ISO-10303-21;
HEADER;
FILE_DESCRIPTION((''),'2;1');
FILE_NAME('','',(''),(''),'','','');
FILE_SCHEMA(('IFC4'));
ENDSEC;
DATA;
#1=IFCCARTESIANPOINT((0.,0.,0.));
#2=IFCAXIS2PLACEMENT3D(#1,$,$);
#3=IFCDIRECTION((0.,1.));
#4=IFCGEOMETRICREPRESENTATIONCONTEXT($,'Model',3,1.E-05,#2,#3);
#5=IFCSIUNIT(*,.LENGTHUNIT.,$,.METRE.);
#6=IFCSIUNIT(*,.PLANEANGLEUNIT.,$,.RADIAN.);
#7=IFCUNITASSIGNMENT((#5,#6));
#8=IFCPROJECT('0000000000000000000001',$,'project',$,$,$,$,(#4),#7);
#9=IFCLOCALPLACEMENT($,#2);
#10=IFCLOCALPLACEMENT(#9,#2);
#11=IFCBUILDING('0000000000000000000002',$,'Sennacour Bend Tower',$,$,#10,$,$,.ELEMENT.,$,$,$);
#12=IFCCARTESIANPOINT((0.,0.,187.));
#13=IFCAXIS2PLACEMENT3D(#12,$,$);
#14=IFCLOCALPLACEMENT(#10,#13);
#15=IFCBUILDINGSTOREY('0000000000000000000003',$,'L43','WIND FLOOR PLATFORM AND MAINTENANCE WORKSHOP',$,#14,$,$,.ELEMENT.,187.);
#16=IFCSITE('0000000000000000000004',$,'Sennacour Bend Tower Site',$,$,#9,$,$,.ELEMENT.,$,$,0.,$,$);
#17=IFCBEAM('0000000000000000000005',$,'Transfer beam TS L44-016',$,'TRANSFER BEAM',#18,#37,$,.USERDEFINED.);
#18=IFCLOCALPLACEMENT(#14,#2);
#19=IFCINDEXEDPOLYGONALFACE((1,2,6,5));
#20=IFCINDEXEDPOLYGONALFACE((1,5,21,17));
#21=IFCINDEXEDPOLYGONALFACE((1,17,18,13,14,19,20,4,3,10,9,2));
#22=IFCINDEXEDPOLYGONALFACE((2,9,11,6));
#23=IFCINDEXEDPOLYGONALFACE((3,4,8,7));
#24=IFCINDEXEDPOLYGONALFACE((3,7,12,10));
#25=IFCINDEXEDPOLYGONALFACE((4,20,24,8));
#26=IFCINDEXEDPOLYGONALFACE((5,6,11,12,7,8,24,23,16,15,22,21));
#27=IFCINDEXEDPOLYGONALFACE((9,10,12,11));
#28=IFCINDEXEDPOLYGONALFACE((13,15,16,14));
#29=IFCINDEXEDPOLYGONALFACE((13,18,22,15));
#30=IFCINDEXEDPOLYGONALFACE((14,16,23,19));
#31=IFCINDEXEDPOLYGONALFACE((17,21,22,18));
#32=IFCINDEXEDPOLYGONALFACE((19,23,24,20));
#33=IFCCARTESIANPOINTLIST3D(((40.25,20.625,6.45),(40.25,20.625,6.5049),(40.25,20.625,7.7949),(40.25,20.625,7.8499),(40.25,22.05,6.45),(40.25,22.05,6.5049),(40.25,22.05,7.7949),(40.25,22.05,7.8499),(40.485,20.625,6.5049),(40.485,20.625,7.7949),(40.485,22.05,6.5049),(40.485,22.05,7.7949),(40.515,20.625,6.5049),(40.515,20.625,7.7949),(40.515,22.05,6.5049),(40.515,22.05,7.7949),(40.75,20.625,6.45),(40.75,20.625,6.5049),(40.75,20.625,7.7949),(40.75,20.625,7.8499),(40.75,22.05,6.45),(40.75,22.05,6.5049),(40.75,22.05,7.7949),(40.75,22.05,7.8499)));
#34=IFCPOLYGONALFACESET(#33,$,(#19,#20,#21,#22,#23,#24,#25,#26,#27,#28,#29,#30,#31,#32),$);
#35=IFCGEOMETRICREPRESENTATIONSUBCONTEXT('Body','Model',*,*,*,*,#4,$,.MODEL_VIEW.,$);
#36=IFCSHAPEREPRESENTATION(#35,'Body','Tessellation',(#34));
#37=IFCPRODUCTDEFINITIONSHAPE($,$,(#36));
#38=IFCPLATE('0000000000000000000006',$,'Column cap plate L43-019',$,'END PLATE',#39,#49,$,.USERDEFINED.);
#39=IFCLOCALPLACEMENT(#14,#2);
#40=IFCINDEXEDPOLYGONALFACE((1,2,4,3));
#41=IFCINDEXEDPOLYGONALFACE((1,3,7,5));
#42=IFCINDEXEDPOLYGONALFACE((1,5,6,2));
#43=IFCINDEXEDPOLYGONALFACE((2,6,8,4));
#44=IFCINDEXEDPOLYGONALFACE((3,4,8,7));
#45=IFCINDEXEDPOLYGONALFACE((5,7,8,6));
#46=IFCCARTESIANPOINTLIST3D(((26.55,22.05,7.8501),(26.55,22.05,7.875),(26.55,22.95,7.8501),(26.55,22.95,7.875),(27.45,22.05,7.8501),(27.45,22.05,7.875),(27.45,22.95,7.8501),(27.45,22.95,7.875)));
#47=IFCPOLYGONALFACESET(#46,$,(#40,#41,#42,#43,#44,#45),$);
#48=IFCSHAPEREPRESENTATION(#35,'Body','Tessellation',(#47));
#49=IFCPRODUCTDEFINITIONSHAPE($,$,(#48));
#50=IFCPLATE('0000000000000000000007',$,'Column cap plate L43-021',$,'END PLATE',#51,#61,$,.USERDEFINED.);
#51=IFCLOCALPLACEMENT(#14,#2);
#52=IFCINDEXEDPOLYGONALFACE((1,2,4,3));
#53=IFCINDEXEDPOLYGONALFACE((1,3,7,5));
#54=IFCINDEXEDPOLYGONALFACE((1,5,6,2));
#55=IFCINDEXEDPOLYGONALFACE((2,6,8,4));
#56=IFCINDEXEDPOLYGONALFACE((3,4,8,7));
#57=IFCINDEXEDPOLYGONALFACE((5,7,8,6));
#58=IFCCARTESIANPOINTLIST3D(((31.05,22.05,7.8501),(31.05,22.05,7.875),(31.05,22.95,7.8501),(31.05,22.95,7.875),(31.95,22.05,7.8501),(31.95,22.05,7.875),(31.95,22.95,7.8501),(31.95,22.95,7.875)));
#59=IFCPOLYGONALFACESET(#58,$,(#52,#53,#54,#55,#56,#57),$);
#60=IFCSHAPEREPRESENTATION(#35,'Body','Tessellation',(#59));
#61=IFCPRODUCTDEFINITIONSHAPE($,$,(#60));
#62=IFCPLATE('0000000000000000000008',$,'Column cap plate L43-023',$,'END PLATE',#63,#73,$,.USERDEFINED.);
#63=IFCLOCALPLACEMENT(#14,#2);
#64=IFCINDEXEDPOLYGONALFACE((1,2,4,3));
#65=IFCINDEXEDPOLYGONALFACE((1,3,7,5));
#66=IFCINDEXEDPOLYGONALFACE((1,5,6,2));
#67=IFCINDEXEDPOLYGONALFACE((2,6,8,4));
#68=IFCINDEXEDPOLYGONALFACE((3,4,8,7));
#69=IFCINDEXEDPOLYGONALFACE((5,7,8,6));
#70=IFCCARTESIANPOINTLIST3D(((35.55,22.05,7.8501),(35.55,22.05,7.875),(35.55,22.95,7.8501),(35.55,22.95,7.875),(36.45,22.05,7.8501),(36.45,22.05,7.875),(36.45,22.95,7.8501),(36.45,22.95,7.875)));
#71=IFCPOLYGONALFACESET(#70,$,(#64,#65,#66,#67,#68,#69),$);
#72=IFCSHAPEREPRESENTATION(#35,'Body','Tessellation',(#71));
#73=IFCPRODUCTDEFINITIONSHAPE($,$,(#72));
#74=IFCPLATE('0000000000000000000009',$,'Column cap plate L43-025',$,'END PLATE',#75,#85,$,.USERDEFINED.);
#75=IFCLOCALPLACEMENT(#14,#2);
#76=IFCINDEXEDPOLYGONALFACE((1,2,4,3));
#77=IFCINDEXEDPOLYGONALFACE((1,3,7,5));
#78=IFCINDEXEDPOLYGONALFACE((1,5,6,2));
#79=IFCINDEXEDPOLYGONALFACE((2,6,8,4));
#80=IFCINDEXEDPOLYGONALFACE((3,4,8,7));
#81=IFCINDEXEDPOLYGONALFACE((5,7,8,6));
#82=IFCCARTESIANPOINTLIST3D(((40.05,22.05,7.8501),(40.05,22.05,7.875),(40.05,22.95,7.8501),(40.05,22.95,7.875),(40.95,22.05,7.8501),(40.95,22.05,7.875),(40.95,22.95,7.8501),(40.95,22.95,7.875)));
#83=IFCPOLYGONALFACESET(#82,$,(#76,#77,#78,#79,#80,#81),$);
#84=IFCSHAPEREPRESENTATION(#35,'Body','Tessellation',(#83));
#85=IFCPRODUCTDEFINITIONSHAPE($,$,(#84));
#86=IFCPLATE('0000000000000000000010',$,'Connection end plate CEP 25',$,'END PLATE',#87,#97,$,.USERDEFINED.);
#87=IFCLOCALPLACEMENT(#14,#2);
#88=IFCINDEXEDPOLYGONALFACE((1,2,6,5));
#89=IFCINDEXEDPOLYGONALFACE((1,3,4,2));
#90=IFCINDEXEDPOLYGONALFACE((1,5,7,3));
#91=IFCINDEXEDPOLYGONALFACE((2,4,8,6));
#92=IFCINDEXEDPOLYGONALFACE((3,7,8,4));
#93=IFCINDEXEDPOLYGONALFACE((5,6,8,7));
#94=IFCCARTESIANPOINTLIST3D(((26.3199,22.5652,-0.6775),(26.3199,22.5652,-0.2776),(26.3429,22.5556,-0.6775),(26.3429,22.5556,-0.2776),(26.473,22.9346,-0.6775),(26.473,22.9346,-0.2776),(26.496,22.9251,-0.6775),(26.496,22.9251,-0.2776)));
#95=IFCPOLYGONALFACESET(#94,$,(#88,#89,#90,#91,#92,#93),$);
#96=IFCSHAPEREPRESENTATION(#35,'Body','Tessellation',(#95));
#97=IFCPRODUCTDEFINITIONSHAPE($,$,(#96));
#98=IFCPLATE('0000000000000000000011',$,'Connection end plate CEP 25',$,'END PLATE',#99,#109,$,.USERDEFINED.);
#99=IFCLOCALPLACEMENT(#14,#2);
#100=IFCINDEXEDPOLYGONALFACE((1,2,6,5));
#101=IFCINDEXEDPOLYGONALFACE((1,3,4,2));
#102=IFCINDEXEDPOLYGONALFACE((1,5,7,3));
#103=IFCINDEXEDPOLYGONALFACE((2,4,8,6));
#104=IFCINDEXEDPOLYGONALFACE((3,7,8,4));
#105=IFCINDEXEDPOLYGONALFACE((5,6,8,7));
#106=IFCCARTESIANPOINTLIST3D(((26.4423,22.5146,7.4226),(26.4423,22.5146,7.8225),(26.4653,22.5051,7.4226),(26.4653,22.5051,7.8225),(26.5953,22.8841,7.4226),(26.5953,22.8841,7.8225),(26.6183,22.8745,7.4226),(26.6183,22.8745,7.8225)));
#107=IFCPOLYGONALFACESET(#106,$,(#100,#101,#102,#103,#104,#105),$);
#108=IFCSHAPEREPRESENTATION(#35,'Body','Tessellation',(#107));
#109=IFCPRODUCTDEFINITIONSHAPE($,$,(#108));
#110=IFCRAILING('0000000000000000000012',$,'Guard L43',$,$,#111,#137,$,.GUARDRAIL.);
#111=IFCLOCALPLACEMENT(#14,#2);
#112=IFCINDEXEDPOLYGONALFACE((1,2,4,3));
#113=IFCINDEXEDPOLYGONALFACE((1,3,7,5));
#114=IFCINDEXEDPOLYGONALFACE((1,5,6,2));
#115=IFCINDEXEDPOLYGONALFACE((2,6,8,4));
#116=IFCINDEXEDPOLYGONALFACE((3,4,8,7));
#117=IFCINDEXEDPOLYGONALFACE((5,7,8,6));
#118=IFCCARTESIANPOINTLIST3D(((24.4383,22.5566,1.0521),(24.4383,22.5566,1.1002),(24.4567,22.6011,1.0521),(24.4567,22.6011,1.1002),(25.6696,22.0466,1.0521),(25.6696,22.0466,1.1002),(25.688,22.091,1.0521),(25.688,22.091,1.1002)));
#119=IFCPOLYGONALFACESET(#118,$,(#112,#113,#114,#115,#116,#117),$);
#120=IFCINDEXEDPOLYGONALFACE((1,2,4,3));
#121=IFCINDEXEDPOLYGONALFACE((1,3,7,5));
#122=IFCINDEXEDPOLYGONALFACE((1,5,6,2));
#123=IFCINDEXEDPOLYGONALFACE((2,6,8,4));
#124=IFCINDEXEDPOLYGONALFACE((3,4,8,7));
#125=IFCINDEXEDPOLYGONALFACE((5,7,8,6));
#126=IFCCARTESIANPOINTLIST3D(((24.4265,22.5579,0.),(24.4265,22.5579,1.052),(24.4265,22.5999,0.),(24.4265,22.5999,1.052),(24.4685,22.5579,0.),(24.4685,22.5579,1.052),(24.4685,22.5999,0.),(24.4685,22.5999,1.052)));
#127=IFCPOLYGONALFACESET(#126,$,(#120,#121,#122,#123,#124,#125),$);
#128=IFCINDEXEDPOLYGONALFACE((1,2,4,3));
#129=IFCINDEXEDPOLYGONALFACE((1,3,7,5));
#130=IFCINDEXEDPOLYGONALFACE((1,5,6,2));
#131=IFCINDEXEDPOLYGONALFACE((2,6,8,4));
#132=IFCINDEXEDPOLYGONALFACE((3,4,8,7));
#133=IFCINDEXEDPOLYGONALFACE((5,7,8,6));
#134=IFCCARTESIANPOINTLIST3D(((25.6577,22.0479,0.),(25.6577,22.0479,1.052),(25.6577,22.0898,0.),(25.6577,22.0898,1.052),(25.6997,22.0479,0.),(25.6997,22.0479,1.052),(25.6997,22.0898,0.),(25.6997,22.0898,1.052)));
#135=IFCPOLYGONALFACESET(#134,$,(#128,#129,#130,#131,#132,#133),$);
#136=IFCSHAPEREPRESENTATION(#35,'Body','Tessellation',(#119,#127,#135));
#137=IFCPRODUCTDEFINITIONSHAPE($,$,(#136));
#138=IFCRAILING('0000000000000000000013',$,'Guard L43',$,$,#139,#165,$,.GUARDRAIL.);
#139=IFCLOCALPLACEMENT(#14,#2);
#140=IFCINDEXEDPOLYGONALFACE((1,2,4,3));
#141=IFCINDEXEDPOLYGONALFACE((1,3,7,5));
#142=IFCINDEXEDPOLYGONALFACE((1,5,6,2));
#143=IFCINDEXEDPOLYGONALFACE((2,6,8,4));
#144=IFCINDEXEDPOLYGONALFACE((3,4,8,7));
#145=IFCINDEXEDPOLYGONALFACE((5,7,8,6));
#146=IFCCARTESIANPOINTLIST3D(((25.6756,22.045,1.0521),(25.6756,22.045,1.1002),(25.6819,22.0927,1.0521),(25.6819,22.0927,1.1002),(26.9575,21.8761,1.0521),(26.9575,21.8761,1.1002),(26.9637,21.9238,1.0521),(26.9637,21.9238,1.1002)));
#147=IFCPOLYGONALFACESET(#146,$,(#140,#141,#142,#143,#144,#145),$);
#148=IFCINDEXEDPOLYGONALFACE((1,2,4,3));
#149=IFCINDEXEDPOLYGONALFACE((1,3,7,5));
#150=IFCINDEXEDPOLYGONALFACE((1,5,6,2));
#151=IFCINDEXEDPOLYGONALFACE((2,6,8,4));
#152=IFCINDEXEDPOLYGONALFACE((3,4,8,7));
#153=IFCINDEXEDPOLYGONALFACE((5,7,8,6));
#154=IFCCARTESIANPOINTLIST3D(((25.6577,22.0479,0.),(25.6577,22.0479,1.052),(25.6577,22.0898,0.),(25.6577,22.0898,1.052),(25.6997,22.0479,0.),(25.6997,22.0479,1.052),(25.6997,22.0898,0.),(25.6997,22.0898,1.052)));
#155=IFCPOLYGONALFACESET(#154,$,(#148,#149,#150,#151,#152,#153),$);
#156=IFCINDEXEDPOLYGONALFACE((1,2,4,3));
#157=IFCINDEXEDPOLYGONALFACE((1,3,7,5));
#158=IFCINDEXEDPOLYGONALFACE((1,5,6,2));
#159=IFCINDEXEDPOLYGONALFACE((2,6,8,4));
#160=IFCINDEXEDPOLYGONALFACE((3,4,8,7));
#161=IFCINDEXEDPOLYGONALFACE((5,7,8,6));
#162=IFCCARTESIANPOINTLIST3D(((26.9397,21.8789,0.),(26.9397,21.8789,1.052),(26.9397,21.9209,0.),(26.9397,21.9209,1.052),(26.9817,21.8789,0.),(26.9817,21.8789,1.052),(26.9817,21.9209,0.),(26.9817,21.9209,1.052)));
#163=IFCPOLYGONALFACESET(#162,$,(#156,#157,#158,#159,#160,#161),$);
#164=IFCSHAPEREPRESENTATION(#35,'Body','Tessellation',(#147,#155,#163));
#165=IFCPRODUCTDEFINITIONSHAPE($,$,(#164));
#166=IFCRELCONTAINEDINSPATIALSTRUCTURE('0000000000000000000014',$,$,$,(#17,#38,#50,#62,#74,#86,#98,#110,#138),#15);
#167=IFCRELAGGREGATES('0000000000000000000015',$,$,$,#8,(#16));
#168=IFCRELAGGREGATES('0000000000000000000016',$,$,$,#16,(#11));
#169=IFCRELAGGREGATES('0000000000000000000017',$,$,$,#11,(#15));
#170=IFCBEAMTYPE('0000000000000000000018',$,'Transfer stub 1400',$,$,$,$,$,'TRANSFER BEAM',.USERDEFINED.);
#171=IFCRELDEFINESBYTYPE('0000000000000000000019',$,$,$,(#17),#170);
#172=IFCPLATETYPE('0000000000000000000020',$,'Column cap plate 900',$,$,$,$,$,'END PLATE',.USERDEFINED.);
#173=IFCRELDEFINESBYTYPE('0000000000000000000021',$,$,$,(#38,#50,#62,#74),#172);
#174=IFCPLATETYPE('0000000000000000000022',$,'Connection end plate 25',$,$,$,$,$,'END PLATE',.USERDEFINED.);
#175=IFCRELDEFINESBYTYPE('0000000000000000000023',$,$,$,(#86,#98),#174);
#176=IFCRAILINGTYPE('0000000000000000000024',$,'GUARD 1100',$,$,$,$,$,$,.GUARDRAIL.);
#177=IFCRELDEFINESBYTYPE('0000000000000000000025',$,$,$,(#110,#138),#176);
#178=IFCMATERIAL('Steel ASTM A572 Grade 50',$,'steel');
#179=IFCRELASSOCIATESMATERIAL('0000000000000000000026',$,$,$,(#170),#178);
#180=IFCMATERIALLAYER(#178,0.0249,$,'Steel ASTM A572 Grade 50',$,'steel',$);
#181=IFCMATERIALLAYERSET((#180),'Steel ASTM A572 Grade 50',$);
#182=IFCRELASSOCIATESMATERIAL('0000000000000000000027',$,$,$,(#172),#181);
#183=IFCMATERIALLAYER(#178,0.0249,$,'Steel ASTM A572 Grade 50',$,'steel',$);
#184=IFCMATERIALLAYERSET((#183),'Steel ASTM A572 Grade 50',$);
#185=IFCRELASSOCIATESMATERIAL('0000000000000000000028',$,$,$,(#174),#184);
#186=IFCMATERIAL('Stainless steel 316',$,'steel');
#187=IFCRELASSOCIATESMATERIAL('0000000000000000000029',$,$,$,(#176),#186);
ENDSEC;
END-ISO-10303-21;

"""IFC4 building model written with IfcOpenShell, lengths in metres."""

from ifc_helpers import new_model, si_unit, direction, frame, origin, origin_2d, place, context, subcontext, project, spatial, rectangle, i_section, extrude, material, layer, layer_set, material_profile, profile_set, type_object, element, save


model = new_model("IFC4")

# Units and contexts
model_context = context("Model", 3, precision=1e-05, world=origin(), true_north=direction((0.0, 1.0)))
body_context = subcontext(model_context, "Body", "Model", "MODEL_VIEW")
ifc_project = project(units=[si_unit("LENGTHUNIT", "METRE"), si_unit("PLANEANGLEUNIT", "RADIAN")], contexts=[model_context])

# Site, building, storey
site_placement = place(None, origin())
site = spatial("IfcSite", under=ifc_project, at=site_placement, Name="Sennacour Bend Tower Site", CompositionType="ELEMENT", RefElevation=0.0)
building_placement = place(site_placement, origin())
building = spatial("IfcBuilding", under=site, at=building_placement, Name="Sennacour Bend Tower", CompositionType="ELEMENT")
storey_placement = place(building_placement, frame((0.0, 0.0, 187.0)))
storey = spatial("IfcBuildingStorey", under=building, at=storey_placement, Name="L43", Description="WIND FLOOR PLATFORM AND MAINTENANCE WORKSHOP", CompositionType="ELEMENT", Elevation=187.0)

# Shared definitions
ifc_material_1 = material(Name="Steel ASTM A572 Grade 50", Category="steel")

# Beam
ifc_material_profile_1 = material_profile(ifc_material_1, i_section(OverallWidth=0.5, OverallDepth=1.3999, WebThickness=0.03, FlangeThickness=0.0549, at=origin_2d()), Name="Steel ASTM A572 Grade 50", Category="steel")
ifc_profile_set_1 = profile_set([ifc_material_profile_1], Name="Steel ASTM A572 Grade 50")
beam_type_1 = type_object("IfcBeamType", Name="Transfer stub 1400", ElementType="TRANSFER BEAM", PredefinedType="USERDEFINED", material=ifc_profile_set_1)
for number, where, z_axis, x_axis, name in (
    (1, (40.5, 22.05, 7.1499), (0.0, -1.0, 0.0), (1.0, 0.0, 0.0), "Transfer beam TS L44-016"),
):
    element("IfcBeam", number, at=place(storey_placement, frame(where, z_axis=z_axis, x_axis=x_axis)), inside=storey, type_object=beam_type_1, Name=name, ObjectType="TRANSFER BEAM", PredefinedType="USERDEFINED", context=body_context, shape_type="SweptSolid", body=[
        extrude(i_section(OverallWidth=0.5, OverallDepth=1.3999, WebThickness=0.03, FlangeThickness=0.0549, at=origin_2d()), origin(), (0.0, 0.0, 1.0), 1.425),
    ])

# Plates
ifc_layer_1 = layer(ifc_material_1, 0.0249, Name="Steel ASTM A572 Grade 50", Category="steel")
ifc_layer_set_1 = layer_set([ifc_layer_1], Name="Steel ASTM A572 Grade 50")
plate_type_1 = type_object("IfcPlateType", Name="Column cap plate 900", ElementType="END PLATE", PredefinedType="USERDEFINED", material=ifc_layer_set_1)
for number, where, z_axis, x_axis, name in (
    (2, (27.0, 22.5, 7.8501), (0.0, 0.0, 1.0), (1.0, 0.0, 0.0), "Column cap plate L43-019"),
    (3, (31.5, 22.5, 7.8501), (0.0, 0.0, 1.0), (1.0, 0.0, 0.0), "Column cap plate L43-021"),
    (4, (36.0, 22.5, 7.8501), (0.0, 0.0, 1.0), (1.0, 0.0, 0.0), "Column cap plate L43-023"),
    (5, (40.5, 22.5, 7.8501), (0.0, 0.0, 1.0), (1.0, 0.0, 0.0), "Column cap plate L43-025"),
):
    element("IfcPlate", number, at=place(storey_placement, frame(where, z_axis=z_axis, x_axis=x_axis)), inside=storey, type_object=plate_type_1, Name=name, ObjectType="END PLATE", PredefinedType="USERDEFINED", context=body_context, shape_type="SweptSolid", body=[
        extrude(rectangle(XDim=0.8999, YDim=0.8999, at=origin_2d()), origin(), (0.0, 0.0, 1.0), 0.0249),
    ])
ifc_layer_2 = layer(ifc_material_1, 0.0249, Name="Steel ASTM A572 Grade 50", Category="steel")
ifc_layer_set_2 = layer_set([ifc_layer_2], Name="Steel ASTM A572 Grade 50")
plate_type_2 = type_object("IfcPlateType", Name="Connection end plate 25", ElementType="END PLATE", PredefinedType="USERDEFINED", material=ifc_layer_set_2)
for number, where, z_axis, x_axis, name in (
    (6, (26.408, 22.7451, -0.6775), (0.0, 0.0, 1.0), (0.92388, -0.382683, 0.0), "Connection end plate CEP 25"),
    (7, (26.5303, 22.6946, 7.4226), (0.0, 0.0, 1.0), (0.92388, -0.382683, 0.0), "Connection end plate CEP 25"),
):
    element("IfcPlate", number, at=place(storey_placement, frame(where, z_axis=z_axis, x_axis=x_axis)), inside=storey, type_object=plate_type_2, Name=name, ObjectType="END PLATE", PredefinedType="USERDEFINED", context=body_context, shape_type="SweptSolid", body=[
        extrude(rectangle(XDim=0.0249, YDim=0.3999, at=origin_2d()), origin(), (0.0, 0.0, 1.0), 0.3999),
    ])

# Railings
ifc_material_2 = material(Name="Stainless steel 316", Category="steel")
railing_type = type_object("IfcRailingType", Name="GUARD 1100", PredefinedType="GUARDRAIL", material=ifc_material_2)
railing_1_placement = place(storey_placement, frame((24.4475, 22.5789, 0.0)))
element("IfcRailing", 8, at=railing_1_placement, inside=storey, type_object=railing_type, Name="Guard L43", PredefinedType="GUARDRAIL", context=body_context, shape_type="SweptSolid", body=[
    extrude(rectangle(XDim=0.0481, YDim=0.0481, at=origin_2d()), frame((0.0, 0.0, 1.0762), z_axis=(0.923872, -0.382702, 0.0), x_axis=(0.382702, 0.923872, 0.0)), (0.0, 0.0, 1.0), 1.3328),
    extrude(rectangle(XDim=0.042, YDim=0.042, at=origin_2d()), origin(), (0.0, 0.0, 1.0), 1.052),
    extrude(rectangle(XDim=0.042, YDim=0.042, at=origin_2d()), frame((1.2312, -0.51, 0.0)), (0.0, 0.0, 1.0), 1.052),
])
railing_2_placement = place(storey_placement, frame((25.6787, 22.0688, 0.0)))
element("IfcRailing", 9, at=railing_2_placement, inside=storey, type_object=railing_type, Name="Guard L43", PredefinedType="GUARDRAIL", context=body_context, shape_type="SweptSolid", body=[
    extrude(rectangle(XDim=0.0481, YDim=0.0481, at=origin_2d()), frame((0.0, 0.0, 1.0762), z_axis=(0.991428, -0.130655, 0.0), x_axis=(0.130655, 0.991428, 0.0)), (0.0, 0.0, 1.0), 1.293),
    extrude(rectangle(XDim=0.042, YDim=0.042, at=origin_2d()), origin(), (0.0, 0.0, 1.0), 1.052),
    extrude(rectangle(XDim=0.042, YDim=0.042, at=origin_2d()), frame((1.282, -0.1689, 0.0)), (0.0, 0.0, 1.0), 1.052),
])

save(model, "model.ifc")
